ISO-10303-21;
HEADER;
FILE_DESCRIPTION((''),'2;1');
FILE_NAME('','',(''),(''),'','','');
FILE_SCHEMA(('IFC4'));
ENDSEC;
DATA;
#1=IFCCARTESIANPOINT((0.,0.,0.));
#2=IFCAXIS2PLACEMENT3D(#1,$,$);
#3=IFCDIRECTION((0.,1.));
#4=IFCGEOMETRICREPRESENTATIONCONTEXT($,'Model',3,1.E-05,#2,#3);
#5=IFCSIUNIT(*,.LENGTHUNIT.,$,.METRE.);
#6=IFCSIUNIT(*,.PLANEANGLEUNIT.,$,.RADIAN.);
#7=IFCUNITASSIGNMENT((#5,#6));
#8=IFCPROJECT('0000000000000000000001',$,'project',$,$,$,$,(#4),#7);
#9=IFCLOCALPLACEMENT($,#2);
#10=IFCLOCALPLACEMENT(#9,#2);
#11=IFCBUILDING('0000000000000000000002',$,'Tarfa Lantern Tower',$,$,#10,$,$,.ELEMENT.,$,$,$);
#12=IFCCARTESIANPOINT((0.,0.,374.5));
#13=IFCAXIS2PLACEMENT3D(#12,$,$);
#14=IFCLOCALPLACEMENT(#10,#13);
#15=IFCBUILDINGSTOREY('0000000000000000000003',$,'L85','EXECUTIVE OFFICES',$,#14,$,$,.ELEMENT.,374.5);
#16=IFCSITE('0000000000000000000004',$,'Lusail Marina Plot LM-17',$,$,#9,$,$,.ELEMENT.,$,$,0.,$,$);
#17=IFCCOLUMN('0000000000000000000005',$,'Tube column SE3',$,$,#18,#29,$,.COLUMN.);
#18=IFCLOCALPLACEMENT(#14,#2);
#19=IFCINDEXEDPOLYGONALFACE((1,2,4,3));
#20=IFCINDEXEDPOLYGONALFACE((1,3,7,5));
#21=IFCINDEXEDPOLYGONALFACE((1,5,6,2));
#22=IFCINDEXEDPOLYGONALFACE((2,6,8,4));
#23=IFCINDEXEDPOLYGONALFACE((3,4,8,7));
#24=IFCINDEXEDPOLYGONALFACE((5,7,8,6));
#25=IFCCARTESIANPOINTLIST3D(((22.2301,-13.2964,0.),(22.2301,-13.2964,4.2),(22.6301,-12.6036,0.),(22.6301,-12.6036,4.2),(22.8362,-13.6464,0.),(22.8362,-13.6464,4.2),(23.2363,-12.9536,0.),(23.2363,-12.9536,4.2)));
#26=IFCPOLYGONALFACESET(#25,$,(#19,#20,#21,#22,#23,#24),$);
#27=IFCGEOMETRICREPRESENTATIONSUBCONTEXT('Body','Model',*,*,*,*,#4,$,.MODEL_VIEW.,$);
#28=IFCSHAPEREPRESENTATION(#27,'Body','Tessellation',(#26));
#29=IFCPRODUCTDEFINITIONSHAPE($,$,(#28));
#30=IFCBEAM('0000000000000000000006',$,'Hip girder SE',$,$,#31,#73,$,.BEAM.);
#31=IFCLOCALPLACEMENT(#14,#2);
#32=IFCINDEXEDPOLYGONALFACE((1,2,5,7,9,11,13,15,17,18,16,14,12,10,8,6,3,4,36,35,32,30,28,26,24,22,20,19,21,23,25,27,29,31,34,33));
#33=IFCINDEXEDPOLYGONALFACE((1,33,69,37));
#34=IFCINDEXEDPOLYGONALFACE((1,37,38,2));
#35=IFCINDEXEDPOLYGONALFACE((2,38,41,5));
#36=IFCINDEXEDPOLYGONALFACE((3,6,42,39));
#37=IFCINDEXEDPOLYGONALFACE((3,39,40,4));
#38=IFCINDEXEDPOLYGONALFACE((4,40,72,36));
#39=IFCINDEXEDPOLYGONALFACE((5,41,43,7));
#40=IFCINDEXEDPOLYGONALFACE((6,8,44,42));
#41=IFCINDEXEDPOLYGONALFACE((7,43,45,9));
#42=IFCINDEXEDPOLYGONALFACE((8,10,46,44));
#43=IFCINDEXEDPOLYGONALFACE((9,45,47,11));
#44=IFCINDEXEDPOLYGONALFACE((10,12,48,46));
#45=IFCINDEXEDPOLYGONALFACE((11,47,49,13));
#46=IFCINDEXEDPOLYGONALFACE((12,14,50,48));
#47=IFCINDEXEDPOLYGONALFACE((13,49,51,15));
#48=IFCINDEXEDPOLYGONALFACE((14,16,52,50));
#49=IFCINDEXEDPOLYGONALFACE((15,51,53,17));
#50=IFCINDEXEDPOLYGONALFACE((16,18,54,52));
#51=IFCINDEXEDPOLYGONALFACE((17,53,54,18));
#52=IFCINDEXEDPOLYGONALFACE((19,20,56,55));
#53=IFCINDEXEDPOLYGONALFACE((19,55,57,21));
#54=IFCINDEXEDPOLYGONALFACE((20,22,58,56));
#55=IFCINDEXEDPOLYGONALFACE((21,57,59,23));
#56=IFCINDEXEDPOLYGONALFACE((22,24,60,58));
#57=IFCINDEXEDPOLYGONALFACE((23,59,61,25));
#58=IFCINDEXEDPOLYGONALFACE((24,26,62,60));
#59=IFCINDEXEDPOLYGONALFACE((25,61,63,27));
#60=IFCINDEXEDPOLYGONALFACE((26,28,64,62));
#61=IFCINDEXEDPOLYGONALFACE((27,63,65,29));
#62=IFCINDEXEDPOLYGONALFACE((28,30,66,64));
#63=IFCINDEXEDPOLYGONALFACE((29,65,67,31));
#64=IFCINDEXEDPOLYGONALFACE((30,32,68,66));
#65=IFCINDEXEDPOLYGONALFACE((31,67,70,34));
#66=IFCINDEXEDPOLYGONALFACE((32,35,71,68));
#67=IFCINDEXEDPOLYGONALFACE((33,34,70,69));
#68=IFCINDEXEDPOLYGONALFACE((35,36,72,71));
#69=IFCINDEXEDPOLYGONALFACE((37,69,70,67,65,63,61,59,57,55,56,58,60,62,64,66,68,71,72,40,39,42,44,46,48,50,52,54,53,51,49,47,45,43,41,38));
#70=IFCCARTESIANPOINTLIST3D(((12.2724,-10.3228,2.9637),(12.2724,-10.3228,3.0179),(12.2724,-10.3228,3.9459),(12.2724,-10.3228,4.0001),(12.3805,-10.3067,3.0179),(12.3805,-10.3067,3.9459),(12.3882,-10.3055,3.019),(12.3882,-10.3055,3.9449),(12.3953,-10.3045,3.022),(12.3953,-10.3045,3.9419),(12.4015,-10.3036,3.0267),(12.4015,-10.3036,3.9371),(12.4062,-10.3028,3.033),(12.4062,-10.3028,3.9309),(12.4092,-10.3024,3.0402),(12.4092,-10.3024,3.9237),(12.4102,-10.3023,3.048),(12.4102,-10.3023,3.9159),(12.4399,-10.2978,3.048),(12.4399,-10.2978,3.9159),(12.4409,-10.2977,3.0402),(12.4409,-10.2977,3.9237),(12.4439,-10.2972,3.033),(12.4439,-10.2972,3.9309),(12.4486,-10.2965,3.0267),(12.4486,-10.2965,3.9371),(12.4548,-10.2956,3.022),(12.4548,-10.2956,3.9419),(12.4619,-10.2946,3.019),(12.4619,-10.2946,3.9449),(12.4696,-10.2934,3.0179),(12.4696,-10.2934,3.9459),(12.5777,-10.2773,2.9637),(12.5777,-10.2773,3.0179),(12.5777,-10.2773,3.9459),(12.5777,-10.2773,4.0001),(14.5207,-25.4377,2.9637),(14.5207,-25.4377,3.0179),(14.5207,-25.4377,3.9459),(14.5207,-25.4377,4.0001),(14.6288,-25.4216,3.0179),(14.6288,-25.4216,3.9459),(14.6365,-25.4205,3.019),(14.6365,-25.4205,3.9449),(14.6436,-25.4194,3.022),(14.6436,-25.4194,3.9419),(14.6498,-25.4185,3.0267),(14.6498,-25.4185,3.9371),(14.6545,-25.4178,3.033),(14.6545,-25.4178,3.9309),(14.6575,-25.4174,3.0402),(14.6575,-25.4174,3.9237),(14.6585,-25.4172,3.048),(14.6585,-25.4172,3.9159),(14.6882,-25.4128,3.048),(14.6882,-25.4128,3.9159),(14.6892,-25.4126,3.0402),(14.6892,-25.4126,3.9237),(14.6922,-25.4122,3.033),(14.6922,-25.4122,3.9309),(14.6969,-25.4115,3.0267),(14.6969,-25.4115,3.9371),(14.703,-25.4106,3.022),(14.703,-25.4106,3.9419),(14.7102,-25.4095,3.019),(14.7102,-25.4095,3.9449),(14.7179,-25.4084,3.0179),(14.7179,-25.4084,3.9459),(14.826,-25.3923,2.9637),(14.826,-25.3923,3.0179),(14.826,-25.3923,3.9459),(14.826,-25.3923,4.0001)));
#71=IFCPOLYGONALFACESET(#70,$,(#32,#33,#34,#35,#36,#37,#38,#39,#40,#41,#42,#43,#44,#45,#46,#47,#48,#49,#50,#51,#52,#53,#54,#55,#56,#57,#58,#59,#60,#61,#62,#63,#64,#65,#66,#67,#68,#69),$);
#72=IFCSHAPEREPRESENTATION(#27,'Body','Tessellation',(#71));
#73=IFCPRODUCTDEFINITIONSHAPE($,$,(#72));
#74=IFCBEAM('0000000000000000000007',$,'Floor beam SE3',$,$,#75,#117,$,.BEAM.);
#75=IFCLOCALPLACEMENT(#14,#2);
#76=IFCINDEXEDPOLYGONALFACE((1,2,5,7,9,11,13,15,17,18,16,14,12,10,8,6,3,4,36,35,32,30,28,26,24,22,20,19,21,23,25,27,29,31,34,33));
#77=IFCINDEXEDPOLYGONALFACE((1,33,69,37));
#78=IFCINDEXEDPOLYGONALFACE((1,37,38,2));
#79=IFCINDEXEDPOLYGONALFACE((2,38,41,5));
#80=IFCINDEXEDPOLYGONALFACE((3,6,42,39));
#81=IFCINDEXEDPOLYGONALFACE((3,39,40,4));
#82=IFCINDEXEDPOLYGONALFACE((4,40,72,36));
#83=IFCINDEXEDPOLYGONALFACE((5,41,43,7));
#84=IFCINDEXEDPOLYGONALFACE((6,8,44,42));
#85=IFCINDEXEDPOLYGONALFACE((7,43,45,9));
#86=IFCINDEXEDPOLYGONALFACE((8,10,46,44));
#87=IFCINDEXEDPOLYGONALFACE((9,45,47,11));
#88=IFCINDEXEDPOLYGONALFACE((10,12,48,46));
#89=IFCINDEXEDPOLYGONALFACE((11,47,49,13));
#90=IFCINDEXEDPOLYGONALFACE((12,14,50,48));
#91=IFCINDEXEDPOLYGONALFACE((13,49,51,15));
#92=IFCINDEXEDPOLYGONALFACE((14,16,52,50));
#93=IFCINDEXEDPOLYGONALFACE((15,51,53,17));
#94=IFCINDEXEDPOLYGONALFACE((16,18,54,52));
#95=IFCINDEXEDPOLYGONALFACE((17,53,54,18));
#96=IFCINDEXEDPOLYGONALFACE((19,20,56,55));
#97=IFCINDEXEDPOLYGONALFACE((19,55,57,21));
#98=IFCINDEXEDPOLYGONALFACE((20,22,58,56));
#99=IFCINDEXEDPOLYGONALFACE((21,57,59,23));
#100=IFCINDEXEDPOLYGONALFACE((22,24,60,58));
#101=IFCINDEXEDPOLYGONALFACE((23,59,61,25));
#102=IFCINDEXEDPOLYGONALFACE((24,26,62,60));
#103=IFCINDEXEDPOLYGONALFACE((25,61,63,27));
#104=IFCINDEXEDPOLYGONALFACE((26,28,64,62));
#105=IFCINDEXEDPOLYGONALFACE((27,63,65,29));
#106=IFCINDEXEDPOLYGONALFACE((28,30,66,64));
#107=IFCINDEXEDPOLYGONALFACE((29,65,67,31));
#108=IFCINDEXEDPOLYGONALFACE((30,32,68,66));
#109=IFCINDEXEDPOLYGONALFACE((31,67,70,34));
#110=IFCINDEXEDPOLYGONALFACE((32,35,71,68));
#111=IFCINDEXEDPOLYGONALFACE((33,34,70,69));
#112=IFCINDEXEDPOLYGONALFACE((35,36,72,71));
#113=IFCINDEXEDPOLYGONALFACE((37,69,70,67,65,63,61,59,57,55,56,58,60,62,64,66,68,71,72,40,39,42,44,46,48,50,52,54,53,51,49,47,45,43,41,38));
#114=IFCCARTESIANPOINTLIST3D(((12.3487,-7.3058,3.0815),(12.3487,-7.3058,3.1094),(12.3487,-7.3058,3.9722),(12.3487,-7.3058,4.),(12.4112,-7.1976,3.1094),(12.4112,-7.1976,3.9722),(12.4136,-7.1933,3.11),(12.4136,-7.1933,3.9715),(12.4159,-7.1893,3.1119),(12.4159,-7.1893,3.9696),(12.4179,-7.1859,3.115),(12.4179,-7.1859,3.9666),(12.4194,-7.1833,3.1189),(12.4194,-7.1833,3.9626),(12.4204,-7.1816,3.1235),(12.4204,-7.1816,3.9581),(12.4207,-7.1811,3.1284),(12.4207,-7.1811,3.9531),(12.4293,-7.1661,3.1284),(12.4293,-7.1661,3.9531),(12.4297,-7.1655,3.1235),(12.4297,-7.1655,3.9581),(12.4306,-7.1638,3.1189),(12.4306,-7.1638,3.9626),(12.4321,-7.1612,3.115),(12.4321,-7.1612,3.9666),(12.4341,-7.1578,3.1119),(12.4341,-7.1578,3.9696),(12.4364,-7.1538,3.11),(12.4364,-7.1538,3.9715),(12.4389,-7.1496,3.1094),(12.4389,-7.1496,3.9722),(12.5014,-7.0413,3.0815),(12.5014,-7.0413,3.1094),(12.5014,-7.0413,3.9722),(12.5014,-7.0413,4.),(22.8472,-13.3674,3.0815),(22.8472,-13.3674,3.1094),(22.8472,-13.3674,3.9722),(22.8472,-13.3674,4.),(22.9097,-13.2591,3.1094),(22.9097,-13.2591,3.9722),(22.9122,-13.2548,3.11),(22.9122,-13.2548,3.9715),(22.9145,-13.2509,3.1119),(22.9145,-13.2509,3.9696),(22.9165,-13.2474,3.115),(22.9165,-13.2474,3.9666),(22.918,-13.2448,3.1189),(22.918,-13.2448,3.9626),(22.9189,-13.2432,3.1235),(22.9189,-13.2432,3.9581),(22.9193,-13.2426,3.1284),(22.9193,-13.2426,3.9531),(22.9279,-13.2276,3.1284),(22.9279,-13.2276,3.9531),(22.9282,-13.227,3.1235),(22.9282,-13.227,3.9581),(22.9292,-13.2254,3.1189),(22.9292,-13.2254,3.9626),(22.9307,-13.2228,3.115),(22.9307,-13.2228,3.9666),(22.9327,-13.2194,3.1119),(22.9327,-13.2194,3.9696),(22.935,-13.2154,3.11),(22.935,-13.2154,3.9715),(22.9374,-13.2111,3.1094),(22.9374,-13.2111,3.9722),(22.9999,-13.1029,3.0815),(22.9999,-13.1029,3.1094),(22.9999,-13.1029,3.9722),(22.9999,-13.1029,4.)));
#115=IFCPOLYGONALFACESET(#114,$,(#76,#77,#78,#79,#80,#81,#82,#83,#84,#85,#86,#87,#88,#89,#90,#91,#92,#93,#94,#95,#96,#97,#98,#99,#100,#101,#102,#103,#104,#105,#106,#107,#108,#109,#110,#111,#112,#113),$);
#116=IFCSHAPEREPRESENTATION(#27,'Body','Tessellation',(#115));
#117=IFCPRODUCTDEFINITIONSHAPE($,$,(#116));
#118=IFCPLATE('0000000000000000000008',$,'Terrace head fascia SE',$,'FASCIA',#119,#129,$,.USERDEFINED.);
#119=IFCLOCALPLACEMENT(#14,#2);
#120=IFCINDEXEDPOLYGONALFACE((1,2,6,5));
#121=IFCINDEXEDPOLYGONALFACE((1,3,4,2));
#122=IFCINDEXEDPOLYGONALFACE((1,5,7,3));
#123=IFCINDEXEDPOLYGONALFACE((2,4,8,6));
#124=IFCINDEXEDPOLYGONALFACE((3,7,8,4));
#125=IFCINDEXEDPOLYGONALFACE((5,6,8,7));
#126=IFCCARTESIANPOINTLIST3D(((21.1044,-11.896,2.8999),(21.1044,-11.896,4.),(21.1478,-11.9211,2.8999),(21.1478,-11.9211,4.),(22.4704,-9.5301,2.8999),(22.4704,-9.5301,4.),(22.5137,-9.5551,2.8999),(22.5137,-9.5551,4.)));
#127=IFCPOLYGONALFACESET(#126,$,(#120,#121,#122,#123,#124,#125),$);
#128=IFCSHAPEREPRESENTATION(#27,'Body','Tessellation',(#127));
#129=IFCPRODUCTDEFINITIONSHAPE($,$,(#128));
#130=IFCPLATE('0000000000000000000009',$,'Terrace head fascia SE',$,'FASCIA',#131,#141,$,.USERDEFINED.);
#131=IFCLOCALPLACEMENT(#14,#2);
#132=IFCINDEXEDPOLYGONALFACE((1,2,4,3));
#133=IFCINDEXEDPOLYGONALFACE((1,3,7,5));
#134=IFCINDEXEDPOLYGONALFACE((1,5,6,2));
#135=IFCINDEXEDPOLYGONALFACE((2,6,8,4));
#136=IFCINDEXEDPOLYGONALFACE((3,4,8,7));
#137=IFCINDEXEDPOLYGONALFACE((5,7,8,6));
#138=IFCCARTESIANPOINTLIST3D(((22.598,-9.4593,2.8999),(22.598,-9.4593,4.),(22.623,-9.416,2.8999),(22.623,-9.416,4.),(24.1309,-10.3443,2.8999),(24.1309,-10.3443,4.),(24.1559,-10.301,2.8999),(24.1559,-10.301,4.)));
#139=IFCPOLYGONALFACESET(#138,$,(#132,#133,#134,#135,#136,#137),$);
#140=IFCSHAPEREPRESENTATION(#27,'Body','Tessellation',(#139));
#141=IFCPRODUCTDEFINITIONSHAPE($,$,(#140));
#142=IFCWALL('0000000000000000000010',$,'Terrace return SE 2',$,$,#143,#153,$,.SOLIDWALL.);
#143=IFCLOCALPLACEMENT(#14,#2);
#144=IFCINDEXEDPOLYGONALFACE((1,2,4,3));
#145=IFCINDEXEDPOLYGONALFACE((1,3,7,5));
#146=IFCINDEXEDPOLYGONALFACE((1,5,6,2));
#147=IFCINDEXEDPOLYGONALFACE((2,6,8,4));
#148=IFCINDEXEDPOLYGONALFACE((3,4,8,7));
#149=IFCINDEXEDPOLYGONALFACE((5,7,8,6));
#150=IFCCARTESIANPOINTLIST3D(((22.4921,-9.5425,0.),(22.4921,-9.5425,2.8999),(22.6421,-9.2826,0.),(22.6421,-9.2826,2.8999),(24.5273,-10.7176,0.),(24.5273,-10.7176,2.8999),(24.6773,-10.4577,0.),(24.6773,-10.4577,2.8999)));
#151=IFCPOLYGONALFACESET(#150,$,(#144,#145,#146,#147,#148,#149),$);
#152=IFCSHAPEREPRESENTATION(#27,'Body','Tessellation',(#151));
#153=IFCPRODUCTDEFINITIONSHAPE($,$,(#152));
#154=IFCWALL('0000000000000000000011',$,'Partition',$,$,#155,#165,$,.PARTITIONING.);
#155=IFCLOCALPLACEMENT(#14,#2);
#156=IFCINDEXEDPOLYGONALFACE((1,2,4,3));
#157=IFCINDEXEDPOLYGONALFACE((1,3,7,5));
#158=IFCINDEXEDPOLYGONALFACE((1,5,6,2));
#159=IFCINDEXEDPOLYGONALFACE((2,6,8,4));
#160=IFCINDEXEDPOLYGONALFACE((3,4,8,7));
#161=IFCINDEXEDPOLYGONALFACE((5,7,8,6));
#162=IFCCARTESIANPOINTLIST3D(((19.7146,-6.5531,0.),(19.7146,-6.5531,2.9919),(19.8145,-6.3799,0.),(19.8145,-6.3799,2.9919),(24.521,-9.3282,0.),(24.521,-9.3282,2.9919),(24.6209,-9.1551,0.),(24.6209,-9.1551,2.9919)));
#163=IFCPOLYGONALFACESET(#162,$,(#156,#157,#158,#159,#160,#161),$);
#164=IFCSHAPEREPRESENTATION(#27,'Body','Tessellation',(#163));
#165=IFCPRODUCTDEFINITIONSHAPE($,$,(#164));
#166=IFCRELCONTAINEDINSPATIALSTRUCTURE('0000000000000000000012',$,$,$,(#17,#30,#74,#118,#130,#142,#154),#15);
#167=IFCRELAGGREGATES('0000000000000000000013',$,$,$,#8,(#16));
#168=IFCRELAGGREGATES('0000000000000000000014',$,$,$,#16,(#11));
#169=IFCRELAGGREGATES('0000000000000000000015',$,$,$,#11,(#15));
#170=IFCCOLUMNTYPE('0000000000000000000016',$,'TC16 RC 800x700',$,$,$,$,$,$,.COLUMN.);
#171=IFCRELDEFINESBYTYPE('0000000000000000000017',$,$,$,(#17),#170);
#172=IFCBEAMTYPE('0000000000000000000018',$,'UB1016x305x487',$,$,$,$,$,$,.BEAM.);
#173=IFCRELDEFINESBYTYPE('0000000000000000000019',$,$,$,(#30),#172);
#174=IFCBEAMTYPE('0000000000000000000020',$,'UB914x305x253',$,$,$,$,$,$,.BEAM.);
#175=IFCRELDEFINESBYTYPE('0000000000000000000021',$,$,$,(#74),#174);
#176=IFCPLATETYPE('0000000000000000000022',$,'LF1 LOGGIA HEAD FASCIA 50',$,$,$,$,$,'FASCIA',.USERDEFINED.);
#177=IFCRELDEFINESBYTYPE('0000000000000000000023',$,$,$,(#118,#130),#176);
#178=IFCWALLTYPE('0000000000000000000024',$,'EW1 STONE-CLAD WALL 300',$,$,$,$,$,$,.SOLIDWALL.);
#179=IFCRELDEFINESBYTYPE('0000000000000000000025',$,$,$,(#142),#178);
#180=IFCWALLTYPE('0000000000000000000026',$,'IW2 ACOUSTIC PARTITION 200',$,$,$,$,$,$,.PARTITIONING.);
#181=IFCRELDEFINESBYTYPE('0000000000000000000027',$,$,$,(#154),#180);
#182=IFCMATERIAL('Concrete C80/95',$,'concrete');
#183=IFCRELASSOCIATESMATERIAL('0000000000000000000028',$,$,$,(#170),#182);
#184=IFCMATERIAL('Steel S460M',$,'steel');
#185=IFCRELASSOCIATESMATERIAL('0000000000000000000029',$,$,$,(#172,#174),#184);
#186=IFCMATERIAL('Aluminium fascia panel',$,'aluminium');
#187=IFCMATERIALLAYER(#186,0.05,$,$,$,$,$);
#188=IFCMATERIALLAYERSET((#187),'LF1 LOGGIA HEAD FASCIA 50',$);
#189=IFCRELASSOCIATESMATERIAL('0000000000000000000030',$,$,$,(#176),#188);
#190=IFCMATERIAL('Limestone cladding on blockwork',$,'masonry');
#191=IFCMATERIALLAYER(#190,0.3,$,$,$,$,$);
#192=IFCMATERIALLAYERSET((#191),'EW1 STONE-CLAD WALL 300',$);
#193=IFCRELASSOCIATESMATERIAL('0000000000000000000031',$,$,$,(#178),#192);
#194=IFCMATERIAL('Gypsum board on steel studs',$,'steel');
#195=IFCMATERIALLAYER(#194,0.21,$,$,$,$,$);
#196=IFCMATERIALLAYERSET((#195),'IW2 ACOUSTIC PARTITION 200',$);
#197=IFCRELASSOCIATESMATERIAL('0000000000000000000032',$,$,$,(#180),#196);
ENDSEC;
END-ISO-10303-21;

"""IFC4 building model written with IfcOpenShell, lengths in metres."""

from ifc_helpers import new_model, si_unit, direction, frame, frame_2d, origin, origin_2d, place, context, subcontext, project, spatial, rectangle, i_section, extrude, material, layer, layer_set, material_profile, profile_set, type_object, element, save


model = new_model("IFC4")

# Units and contexts
model_context = context("Model", 3, precision=1e-05, world=origin(), true_north=direction((0.0, 1.0)))
body_context = subcontext(model_context, "Body", "Model", "MODEL_VIEW")
ifc_project = project(units=[si_unit("LENGTHUNIT", "METRE"), si_unit("PLANEANGLEUNIT", "RADIAN")], contexts=[model_context])

# Site, building, storey
site_placement = place(None, origin())
site = spatial("IfcSite", under=ifc_project, at=site_placement, Name="Lusail Marina Plot LM-17", CompositionType="ELEMENT", RefElevation=0.0)
building_placement = place(site_placement, origin())
building = spatial("IfcBuilding", under=site, at=building_placement, Name="Tarfa Lantern Tower", CompositionType="ELEMENT")
storey_placement = place(building_placement, frame((0.0, 0.0, 374.5)))
storey = spatial("IfcBuildingStorey", under=building, at=storey_placement, Name="L85", Description="EXECUTIVE OFFICES", CompositionType="ELEMENT", Elevation=374.5)

# Column
ifc_material_1 = material(Name="Concrete C80/95", Category="concrete")
ifc_material_profile_1 = material_profile(ifc_material_1, rectangle(XDim=0.8, YDim=0.7, at=origin_2d()), Name="RC 800x700")
ifc_profile_set_1 = profile_set([ifc_material_profile_1], Name="Concrete C80/95")
column_type = type_object("IfcColumnType", Name="TC16 RC 800x700", PredefinedType="COLUMN", material=ifc_profile_set_1)
column_placement = place(storey_placement, frame((22.7332, -13.125, 0.0), z_axis=(0.0, 0.0, 1.0), x_axis=(0.5, 0.866025, 0.0)))
element("IfcColumn", 1, at=column_placement, inside=storey, type_object=column_type, Name="Tube column SE3", PredefinedType="COLUMN", context=body_context, shape_type="SweptSolid", body=[
    extrude(rectangle(XDim=0.8, YDim=0.7, at=origin_2d()), origin(), (0.0, 0.0, 1.0), 4.2),
])

# Beams
ifc_material_2 = material(Name="Steel S460M", Category="steel")
ifc_material_profile_2 = material_profile(ifc_material_2, i_section(OverallWidth=0.3086, OverallDepth=1.0364, WebThickness=0.03, FlangeThickness=0.0542, FilletRadius=0.03, at=origin_2d()), Name="UB1016x305x487")
ifc_profile_set_2 = profile_set([ifc_material_profile_2], Name="Steel S460M")
beam_type_1 = type_object("IfcBeamType", Name="UB1016x305x487", PredefinedType="BEAM", material=ifc_profile_set_2)
beam_1_placement = place(storey_placement, frame((12.425, -10.3, 3.4819), z_axis=(0.147127, -0.989118, 0.0), x_axis=(0.989118, 0.147127, 0.0)))
element("IfcBeam", 2, at=beam_1_placement, inside=storey, type_object=beam_type_1, Name="Hip girder SE", PredefinedType="BEAM", context=body_context, shape_type="SweptSolid", body=[
    extrude(i_section(OverallWidth=0.3086, OverallDepth=1.0364, WebThickness=0.03, FlangeThickness=0.0542, FilletRadius=0.03, at=origin_2d()), origin(), (0.0, 0.0, 1.0), 15.2812),
])
ifc_material_profile_3 = material_profile(ifc_material_2, i_section(OverallWidth=0.3054, OverallDepth=0.9185, WebThickness=0.0173, FlangeThickness=0.0278, FilletRadius=0.019, at=origin_2d()), Name="UB914x305x253")
ifc_profile_set_3 = profile_set([ifc_material_profile_3], Name="Steel S460M")
beam_type_2 = type_object("IfcBeamType", Name="UB914x305x253", PredefinedType="BEAM", material=ifc_profile_set_3)
beam_2_placement = place(storey_placement, frame((22.9236, -13.2351, 3.5408), z_axis=(-0.866019, 0.500012, 0.0), x_axis=(-0.500012, -0.866019, 0.0)))
element("IfcBeam", 3, at=beam_2_placement, inside=storey, type_object=beam_type_2, Name="Floor beam SE3", PredefinedType="BEAM", context=body_context, shape_type="SweptSolid", body=[
    extrude(i_section(OverallWidth=0.3054, OverallDepth=0.9185, WebThickness=0.0173, FlangeThickness=0.0278, FilletRadius=0.019, at=origin_2d()), origin(), (0.0, 0.0, 1.0), 12.1228),
])

# Plates
ifc_material_3 = material(Name="Aluminium fascia panel", Category="aluminium")
ifc_layer_1 = layer(ifc_material_3, 0.05)
ifc_layer_set_1 = layer_set([ifc_layer_1], Name="LF1 LOGGIA HEAD FASCIA 50")
plate_type = type_object("IfcPlateType", Name="LF1 LOGGIA HEAD FASCIA 50", ElementType="FASCIA", PredefinedType="USERDEFINED", material=ifc_layer_set_1)
plate_1_placement = place(storey_placement, frame((21.8091, -10.7256, 2.8999), z_axis=(0.0, 0.0, 1.0), x_axis=(0.5, 0.866025, 0.0)))
element("IfcPlate", 4, at=plate_1_placement, inside=storey, type_object=plate_type, Name="Terrace head fascia SE", ObjectType="FASCIA", PredefinedType="USERDEFINED", context=body_context, shape_type="SweptSolid", body=[
    extrude(rectangle(XDim=2.7319, YDim=0.05, at=origin_2d()), origin(), (0.0, 0.0, 1.0), 1.1001),
])
plate_2_placement = place(storey_placement, frame((23.377, -9.8801, 2.8999), z_axis=(0.0, 0.0, 1.0), x_axis=(-0.866025, 0.5, 0.0)))
element("IfcPlate", 5, at=plate_2_placement, inside=storey, type_object=plate_type, Name="Terrace head fascia SE", ObjectType="FASCIA", PredefinedType="USERDEFINED", context=body_context, shape_type="SweptSolid", body=[
    extrude(rectangle(XDim=1.77, YDim=0.05, at=origin_2d()), origin(), (0.0, 0.0, 1.0), 1.1001),
])

# Walls
ifc_material_4 = material(Name="Limestone cladding on blockwork", Category="masonry")
ifc_layer_2 = layer(ifc_material_4, 0.3)
ifc_layer_set_2 = layer_set([ifc_layer_2], Name="EW1 STONE-CLAD WALL 300")
wall_type_1 = type_object("IfcWallType", Name="EW1 STONE-CLAD WALL 300", PredefinedType="SOLIDWALL", material=ifc_layer_set_2)
wall_1_placement = place(storey_placement, frame((24.6023, -10.5876, 0.0), z_axis=(0.0, 0.0, 1.0), x_axis=(-0.866016, 0.500016, 0.0)))
element("IfcWall", 6, at=wall_1_placement, inside=storey, type_object=wall_type_1, Name="Terrace return SE 2", PredefinedType="SOLIDWALL", context=body_context, shape_type="SweptSolid", body=[
    extrude(rectangle(XDim=2.3501, YDim=0.3, at=frame_2d((1.175, 0.0))), origin(), (0.0, 0.0, 1.0), 2.8999),
])
ifc_material_5 = material(Name="Gypsum board on steel studs", Category="steel")
ifc_layer_3 = layer(ifc_material_5, 0.21)
ifc_layer_set_3 = layer_set([ifc_layer_3], Name="IW2 ACOUSTIC PARTITION 200")
wall_type_2 = type_object("IfcWallType", Name="IW2 ACOUSTIC PARTITION 200", PredefinedType="PARTITIONING", material=ifc_layer_set_3)
wall_2_placement = place(storey_placement, frame((19.7646, -6.4666, 0.0), z_axis=(0.0, 0.0, 1.0), x_axis=(0.866012, -0.500023, 0.0)))
element("IfcWall", 7, at=wall_2_placement, inside=storey, type_object=wall_type_2, Name="Partition", PredefinedType="PARTITIONING", context=body_context, shape_type="SweptSolid", body=[
    extrude(rectangle(XDim=5.55, YDim=0.2, at=frame_2d((2.7749, 0.0))), origin(), (0.0, 0.0, 1.0), 2.9919),
])

save(model, "model.ifc")
